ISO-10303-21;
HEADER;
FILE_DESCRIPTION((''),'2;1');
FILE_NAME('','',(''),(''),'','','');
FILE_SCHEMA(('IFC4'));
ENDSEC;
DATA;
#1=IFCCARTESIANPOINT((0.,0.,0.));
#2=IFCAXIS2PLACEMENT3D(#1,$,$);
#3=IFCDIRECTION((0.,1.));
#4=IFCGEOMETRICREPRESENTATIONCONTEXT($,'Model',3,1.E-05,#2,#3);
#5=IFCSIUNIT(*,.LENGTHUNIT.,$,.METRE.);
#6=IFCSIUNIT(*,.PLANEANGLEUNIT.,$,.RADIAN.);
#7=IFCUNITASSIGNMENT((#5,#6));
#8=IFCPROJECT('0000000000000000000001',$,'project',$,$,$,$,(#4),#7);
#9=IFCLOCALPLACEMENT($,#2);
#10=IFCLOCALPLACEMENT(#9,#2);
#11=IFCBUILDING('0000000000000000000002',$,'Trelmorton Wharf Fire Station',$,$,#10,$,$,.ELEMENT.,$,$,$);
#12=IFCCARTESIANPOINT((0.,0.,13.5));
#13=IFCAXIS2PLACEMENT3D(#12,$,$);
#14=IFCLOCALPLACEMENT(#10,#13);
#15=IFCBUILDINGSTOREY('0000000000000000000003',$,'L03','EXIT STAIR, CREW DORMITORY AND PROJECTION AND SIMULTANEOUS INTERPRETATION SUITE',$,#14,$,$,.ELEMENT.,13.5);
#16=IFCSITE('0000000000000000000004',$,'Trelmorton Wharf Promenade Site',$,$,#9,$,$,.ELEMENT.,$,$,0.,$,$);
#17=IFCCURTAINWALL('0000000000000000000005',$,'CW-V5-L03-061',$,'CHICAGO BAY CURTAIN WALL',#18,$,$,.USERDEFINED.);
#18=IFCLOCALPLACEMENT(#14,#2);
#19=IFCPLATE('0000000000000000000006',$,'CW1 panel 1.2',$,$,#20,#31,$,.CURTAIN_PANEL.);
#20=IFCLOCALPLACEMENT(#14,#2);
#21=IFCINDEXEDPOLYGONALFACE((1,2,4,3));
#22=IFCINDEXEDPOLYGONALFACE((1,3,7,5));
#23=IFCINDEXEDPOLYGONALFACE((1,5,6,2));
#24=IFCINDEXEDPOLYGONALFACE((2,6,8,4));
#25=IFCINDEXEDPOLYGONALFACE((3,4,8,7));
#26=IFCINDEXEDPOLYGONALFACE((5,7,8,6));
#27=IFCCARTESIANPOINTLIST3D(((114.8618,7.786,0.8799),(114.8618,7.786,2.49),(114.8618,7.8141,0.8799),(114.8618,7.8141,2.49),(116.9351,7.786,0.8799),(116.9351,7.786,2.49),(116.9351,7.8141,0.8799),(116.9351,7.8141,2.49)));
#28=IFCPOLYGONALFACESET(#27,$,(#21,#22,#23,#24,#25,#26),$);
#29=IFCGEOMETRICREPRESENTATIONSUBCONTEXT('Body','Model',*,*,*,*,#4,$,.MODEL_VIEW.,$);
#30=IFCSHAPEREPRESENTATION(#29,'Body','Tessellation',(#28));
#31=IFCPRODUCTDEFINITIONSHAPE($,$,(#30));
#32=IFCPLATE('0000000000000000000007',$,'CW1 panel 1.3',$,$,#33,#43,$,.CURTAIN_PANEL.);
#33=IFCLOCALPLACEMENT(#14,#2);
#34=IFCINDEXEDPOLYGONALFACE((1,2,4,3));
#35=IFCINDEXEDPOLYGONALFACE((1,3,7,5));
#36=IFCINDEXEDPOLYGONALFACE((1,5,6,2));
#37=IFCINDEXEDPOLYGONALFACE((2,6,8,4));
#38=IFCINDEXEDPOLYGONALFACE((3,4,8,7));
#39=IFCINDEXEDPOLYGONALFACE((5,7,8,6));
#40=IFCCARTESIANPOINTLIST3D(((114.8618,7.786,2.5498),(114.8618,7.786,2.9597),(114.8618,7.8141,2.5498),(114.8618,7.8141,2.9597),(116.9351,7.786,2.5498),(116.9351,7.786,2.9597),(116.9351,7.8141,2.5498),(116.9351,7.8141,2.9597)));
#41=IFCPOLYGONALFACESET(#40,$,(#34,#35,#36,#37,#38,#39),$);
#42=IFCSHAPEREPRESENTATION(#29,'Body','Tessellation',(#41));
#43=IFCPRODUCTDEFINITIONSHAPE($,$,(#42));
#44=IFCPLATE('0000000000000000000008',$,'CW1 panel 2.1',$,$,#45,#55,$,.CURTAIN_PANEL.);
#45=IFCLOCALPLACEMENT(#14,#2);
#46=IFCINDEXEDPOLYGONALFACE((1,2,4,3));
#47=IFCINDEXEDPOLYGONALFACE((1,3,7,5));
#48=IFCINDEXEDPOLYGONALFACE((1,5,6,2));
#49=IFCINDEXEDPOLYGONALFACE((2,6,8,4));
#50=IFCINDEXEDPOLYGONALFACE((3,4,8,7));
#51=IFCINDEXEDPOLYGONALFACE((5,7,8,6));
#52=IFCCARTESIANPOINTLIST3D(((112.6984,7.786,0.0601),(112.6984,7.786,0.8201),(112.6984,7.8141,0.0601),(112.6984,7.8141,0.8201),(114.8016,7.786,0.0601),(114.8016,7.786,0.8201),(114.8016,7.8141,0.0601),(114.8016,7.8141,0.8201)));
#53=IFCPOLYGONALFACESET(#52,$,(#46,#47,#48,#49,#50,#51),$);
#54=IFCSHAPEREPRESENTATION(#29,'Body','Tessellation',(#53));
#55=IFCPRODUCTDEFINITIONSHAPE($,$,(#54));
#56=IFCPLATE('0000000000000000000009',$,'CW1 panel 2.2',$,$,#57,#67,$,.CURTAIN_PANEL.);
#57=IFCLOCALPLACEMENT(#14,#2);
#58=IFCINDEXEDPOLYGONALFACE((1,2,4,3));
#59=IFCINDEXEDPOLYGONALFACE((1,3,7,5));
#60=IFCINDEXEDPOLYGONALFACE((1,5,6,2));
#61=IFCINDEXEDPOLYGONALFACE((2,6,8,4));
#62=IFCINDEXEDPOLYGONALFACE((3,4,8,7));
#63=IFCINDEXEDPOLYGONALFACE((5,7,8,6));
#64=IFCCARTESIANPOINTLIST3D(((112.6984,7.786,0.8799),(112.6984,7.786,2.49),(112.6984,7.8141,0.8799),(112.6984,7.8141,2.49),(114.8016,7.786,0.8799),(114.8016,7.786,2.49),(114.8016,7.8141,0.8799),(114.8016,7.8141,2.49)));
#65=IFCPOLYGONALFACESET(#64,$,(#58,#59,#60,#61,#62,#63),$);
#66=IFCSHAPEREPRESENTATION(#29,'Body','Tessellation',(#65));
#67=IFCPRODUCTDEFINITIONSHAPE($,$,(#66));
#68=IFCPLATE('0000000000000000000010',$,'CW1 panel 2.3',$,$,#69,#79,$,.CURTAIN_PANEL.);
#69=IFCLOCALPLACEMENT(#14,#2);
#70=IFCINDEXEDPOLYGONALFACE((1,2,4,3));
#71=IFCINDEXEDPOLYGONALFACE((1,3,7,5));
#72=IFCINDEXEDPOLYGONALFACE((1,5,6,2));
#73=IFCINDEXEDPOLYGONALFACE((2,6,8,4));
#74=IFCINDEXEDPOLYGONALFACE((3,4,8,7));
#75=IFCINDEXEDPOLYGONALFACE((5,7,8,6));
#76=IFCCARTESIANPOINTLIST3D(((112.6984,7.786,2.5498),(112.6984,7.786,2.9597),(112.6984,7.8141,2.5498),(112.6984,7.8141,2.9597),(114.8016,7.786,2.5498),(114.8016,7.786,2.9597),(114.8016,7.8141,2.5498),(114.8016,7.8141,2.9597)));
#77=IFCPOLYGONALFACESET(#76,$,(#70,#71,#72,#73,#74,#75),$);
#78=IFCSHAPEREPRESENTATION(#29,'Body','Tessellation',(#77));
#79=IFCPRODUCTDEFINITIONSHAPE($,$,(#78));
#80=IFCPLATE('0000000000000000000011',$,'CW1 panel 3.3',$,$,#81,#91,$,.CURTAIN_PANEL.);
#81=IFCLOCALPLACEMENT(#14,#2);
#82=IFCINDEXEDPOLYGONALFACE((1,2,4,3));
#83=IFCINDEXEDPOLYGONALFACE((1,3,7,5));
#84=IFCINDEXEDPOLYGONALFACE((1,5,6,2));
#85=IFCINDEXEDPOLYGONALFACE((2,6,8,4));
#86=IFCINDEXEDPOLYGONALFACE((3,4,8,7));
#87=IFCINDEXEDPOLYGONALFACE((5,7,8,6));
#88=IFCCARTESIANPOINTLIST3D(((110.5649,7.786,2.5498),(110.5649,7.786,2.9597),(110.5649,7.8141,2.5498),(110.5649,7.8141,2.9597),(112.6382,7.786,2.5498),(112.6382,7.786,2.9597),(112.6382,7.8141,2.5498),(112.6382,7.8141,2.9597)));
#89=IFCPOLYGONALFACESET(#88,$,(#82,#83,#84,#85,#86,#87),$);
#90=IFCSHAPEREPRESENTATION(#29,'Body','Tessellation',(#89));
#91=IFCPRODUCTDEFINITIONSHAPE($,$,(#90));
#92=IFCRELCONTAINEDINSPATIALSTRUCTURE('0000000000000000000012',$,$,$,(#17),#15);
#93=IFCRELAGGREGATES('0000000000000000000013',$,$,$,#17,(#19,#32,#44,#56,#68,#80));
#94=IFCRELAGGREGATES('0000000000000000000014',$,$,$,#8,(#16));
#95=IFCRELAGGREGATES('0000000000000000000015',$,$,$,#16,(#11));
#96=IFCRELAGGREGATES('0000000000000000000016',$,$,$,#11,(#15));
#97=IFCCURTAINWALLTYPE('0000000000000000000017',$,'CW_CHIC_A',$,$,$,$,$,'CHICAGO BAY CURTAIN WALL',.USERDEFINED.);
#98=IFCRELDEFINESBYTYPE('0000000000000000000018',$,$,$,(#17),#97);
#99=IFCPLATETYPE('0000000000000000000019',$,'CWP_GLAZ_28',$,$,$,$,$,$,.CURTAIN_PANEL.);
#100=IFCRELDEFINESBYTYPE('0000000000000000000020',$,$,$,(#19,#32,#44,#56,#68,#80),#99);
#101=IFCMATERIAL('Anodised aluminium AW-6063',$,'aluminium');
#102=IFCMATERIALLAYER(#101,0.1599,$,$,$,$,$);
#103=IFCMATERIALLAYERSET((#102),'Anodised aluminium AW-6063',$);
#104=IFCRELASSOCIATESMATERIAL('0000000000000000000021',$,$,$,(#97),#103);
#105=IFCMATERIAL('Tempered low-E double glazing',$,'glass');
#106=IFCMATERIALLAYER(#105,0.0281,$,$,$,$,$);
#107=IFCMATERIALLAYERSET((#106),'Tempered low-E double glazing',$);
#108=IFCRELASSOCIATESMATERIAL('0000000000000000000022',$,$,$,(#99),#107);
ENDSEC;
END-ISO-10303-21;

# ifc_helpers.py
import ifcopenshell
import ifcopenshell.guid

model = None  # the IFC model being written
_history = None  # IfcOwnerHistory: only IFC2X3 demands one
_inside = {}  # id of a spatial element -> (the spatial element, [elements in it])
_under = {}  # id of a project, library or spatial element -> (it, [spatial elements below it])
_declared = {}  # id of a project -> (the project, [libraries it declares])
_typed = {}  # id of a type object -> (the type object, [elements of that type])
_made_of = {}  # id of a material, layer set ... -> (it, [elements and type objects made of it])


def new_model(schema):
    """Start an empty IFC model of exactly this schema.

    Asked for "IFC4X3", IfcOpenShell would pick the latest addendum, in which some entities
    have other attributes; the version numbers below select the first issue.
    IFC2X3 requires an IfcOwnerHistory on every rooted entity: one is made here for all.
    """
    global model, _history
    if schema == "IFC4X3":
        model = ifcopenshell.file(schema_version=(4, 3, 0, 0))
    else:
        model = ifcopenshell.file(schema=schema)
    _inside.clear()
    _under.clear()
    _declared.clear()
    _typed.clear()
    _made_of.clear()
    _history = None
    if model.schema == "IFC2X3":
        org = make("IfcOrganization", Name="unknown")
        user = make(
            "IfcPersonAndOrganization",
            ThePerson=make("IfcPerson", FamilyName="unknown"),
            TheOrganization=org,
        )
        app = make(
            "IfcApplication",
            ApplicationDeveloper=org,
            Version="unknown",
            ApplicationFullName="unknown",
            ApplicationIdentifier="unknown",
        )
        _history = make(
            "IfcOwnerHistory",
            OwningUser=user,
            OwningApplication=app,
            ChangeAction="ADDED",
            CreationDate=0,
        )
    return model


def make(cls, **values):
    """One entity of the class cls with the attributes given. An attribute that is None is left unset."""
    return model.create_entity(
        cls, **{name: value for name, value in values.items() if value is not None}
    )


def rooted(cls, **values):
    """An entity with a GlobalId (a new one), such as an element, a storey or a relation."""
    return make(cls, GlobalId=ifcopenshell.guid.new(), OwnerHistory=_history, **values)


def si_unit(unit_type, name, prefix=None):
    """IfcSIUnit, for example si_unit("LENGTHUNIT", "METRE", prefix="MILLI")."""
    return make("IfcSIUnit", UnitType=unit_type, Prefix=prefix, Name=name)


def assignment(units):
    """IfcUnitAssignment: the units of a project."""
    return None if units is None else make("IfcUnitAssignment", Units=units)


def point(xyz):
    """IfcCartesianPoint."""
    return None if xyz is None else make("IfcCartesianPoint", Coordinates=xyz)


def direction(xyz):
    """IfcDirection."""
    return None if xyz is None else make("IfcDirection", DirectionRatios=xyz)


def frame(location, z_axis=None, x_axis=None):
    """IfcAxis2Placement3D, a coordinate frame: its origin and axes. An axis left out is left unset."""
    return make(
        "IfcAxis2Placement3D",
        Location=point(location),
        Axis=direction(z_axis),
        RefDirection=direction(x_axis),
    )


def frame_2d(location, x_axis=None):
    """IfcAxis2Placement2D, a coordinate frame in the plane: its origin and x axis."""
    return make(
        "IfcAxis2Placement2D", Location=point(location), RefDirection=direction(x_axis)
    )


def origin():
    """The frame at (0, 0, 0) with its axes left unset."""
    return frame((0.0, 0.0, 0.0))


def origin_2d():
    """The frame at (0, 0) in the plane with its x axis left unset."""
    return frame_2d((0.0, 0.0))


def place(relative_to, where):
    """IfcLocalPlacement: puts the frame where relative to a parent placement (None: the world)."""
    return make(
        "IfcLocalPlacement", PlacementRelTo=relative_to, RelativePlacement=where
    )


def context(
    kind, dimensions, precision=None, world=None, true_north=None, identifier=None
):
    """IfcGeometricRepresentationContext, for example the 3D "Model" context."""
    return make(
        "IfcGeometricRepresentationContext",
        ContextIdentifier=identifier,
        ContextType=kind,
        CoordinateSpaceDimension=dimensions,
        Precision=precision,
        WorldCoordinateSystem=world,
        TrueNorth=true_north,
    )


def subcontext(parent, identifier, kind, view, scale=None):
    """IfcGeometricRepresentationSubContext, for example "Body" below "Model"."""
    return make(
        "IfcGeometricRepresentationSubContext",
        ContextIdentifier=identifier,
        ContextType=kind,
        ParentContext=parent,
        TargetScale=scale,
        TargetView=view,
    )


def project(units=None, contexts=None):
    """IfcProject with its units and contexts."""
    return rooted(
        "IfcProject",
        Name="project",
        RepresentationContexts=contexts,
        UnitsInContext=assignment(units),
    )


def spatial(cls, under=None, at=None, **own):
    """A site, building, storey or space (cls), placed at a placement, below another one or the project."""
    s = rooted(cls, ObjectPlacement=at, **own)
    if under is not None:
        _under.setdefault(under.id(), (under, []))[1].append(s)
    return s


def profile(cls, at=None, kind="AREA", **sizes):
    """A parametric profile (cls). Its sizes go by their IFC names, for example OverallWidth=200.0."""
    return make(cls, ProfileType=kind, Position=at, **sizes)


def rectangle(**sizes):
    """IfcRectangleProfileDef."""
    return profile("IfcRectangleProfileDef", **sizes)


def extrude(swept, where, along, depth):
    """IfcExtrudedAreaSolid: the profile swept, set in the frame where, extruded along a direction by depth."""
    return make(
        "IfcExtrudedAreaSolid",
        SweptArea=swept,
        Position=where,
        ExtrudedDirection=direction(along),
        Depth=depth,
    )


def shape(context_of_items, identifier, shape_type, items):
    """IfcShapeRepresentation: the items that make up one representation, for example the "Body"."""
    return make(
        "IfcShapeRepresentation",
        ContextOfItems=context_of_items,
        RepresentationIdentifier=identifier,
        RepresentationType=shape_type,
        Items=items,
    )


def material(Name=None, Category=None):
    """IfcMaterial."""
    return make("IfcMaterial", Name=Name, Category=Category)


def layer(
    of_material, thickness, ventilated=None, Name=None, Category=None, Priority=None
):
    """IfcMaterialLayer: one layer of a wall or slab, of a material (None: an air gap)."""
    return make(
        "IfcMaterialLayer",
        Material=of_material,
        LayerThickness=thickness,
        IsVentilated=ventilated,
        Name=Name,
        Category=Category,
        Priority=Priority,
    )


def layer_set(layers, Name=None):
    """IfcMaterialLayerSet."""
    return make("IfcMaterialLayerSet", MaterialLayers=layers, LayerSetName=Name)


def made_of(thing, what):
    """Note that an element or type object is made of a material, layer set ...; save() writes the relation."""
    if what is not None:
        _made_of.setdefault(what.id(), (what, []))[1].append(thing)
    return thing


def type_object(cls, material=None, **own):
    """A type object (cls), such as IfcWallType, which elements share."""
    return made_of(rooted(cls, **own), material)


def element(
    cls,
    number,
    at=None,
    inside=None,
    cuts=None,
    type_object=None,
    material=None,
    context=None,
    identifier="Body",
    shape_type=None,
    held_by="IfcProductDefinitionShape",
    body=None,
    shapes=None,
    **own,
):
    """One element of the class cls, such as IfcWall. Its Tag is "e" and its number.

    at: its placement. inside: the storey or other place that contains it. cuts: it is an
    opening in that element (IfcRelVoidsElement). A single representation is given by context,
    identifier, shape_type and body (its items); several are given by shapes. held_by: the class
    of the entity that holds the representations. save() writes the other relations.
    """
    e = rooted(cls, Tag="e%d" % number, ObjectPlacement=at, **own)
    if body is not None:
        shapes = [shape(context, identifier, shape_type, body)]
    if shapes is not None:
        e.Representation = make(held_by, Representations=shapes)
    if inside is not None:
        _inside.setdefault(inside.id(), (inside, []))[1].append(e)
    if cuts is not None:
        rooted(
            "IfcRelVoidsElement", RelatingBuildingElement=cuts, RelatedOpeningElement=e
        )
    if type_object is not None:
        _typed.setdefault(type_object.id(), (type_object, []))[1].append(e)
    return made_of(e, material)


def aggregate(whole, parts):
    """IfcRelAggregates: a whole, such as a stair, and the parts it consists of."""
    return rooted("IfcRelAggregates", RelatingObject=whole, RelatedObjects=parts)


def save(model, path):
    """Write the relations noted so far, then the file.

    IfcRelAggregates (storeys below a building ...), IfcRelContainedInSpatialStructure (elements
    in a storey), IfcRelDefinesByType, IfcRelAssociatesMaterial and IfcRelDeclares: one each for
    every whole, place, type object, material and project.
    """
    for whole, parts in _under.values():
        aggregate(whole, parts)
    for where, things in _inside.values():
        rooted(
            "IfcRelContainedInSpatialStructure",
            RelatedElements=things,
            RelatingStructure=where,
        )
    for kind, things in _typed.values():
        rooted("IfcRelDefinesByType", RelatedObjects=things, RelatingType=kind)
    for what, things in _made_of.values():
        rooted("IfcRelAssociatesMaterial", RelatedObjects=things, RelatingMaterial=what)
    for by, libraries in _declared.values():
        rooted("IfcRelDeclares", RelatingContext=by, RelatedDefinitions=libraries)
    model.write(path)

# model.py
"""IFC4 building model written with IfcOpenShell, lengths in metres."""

from ifc_helpers import new_model, si_unit, direction, frame, origin, origin_2d, place, context, subcontext, project, spatial, rectangle, extrude, material, layer, layer_set, type_object, element, aggregate, save


model = new_model("IFC4")

# Units and contexts
model_context = context("Model", 3, precision=1e-05, world=origin(), true_north=direction((0.0, 1.0)))
body_context = subcontext(model_context, "Body", "Model", "MODEL_VIEW")
ifc_project = project(units=[si_unit("LENGTHUNIT", "METRE"), si_unit("PLANEANGLEUNIT", "RADIAN")], contexts=[model_context])

# Site, building, storey
site_placement = place(None, origin())
site = spatial("IfcSite", under=ifc_project, at=site_placement, Name="Trelmorton Wharf Promenade Site", CompositionType="ELEMENT", RefElevation=0.0)
building_placement = place(site_placement, origin())
building = spatial("IfcBuilding", under=site, at=building_placement, Name="Trelmorton Wharf Fire Station", CompositionType="ELEMENT")
storey_placement = place(building_placement, frame((0.0, 0.0, 13.5)))
storey = spatial("IfcBuildingStorey", under=building, at=storey_placement, Name="L03", Description="EXIT STAIR, CREW DORMITORY AND PROJECTION AND SIMULTANEOUS INTERPRETATION SUITE", CompositionType="ELEMENT", Elevation=13.5)

# Curtain wall
ifc_material_1 = material(Name="Anodised aluminium AW-6063", Category="aluminium")
ifc_layer_1 = layer(ifc_material_1, 0.1599)
ifc_layer_set_1 = layer_set([ifc_layer_1], Name="Anodised aluminium AW-6063")
curtain_wall_type = type_object("IfcCurtainWallType", Name="CW_CHIC_A", ElementType="CHICAGO BAY CURTAIN WALL", PredefinedType="USERDEFINED", material=ifc_layer_set_1)
curtain_wall_placement = place(storey_placement, origin())
curtain_wall = element("IfcCurtainWall", 1, at=curtain_wall_placement, inside=storey, type_object=curtain_wall_type, Name="CW-V5-L03-061", ObjectType="CHICAGO BAY CURTAIN WALL", PredefinedType="USERDEFINED")

# Plates
ifc_material_2 = material(Name="Tempered low-E double glazing", Category="glass")
ifc_layer_2 = layer(ifc_material_2, 0.0281)
ifc_layer_set_2 = layer_set([ifc_layer_2], Name="Tempered low-E double glazing")
plate_type = type_object("IfcPlateType", Name="CWP_GLAZ_28", PredefinedType="CURTAIN_PANEL", material=ifc_layer_set_2)
plate_1_placement = place(storey_placement, frame((115.8984, 7.8, 0.8799), z_axis=(0.0, 0.0, 1.0), x_axis=(-1.0, 0.0, 0.0)))
plate_1 = element("IfcPlate", 2, at=plate_1_placement, type_object=plate_type, Name="CW1 panel 1.2", PredefinedType="CURTAIN_PANEL", context=body_context, shape_type="SweptSolid", body=[
    extrude(rectangle(XDim=2.0732, YDim=0.0281, at=origin_2d()), origin(), (0.0, 0.0, 1.0), 1.6101),
])
plate_2_placement = place(storey_placement, frame((115.8984, 7.8, 2.5498), z_axis=(0.0, 0.0, 1.0), x_axis=(-1.0, 0.0, 0.0)))
plate_2 = element("IfcPlate", 3, at=plate_2_placement, type_object=plate_type, Name="CW1 panel 1.3", PredefinedType="CURTAIN_PANEL", context=body_context, shape_type="SweptSolid", body=[
    extrude(rectangle(XDim=2.0732, YDim=0.0281, at=origin_2d()), origin(), (0.0, 0.0, 1.0), 0.4099),
])
plate_3_placement = place(storey_placement, frame((113.75, 7.8, 0.0601), z_axis=(0.0, 0.0, 1.0), x_axis=(-1.0, 0.0, 0.0)))
plate_3 = element("IfcPlate", 4, at=plate_3_placement, type_object=plate_type, Name="CW1 panel 2.1", PredefinedType="CURTAIN_PANEL", context=body_context, shape_type="SweptSolid", body=[
    extrude(rectangle(XDim=2.1033, YDim=0.0281, at=origin_2d()), origin(), (0.0, 0.0, 1.0), 0.76),
])
plate_4_placement = place(storey_placement, frame((113.75, 7.8, 0.8799), z_axis=(0.0, 0.0, 1.0), x_axis=(-1.0, 0.0, 0.0)))
plate_4 = element("IfcPlate", 5, at=plate_4_placement, type_object=plate_type, Name="CW1 panel 2.2", PredefinedType="CURTAIN_PANEL", context=body_context, shape_type="SweptSolid", body=[
    extrude(rectangle(XDim=2.1033, YDim=0.0281, at=origin_2d()), origin(), (0.0, 0.0, 1.0), 1.6101),
])
plate_5_placement = place(storey_placement, frame((113.75, 7.8, 2.5498), z_axis=(0.0, 0.0, 1.0), x_axis=(-1.0, 0.0, 0.0)))
plate_5 = element("IfcPlate", 6, at=plate_5_placement, type_object=plate_type, Name="CW1 panel 2.3", PredefinedType="CURTAIN_PANEL", context=body_context, shape_type="SweptSolid", body=[
    extrude(rectangle(XDim=2.1033, YDim=0.0281, at=origin_2d()), origin(), (0.0, 0.0, 1.0), 0.4099),
])
plate_6_placement = place(storey_placement, frame((111.6016, 7.8, 2.5498), z_axis=(0.0, 0.0, 1.0), x_axis=(-1.0, 0.0, 0.0)))
plate_6 = element("IfcPlate", 7, at=plate_6_placement, type_object=plate_type, Name="CW1 panel 3.3", PredefinedType="CURTAIN_PANEL", context=body_context, shape_type="SweptSolid", body=[
    extrude(rectangle(XDim=2.0732, YDim=0.0281, at=origin_2d()), origin(), (0.0, 0.0, 1.0), 0.4099),
])
aggregate(curtain_wall, [plate_1, plate_2, plate_3, plate_4, plate_5, plate_6])

save(model, "model.ifc")
